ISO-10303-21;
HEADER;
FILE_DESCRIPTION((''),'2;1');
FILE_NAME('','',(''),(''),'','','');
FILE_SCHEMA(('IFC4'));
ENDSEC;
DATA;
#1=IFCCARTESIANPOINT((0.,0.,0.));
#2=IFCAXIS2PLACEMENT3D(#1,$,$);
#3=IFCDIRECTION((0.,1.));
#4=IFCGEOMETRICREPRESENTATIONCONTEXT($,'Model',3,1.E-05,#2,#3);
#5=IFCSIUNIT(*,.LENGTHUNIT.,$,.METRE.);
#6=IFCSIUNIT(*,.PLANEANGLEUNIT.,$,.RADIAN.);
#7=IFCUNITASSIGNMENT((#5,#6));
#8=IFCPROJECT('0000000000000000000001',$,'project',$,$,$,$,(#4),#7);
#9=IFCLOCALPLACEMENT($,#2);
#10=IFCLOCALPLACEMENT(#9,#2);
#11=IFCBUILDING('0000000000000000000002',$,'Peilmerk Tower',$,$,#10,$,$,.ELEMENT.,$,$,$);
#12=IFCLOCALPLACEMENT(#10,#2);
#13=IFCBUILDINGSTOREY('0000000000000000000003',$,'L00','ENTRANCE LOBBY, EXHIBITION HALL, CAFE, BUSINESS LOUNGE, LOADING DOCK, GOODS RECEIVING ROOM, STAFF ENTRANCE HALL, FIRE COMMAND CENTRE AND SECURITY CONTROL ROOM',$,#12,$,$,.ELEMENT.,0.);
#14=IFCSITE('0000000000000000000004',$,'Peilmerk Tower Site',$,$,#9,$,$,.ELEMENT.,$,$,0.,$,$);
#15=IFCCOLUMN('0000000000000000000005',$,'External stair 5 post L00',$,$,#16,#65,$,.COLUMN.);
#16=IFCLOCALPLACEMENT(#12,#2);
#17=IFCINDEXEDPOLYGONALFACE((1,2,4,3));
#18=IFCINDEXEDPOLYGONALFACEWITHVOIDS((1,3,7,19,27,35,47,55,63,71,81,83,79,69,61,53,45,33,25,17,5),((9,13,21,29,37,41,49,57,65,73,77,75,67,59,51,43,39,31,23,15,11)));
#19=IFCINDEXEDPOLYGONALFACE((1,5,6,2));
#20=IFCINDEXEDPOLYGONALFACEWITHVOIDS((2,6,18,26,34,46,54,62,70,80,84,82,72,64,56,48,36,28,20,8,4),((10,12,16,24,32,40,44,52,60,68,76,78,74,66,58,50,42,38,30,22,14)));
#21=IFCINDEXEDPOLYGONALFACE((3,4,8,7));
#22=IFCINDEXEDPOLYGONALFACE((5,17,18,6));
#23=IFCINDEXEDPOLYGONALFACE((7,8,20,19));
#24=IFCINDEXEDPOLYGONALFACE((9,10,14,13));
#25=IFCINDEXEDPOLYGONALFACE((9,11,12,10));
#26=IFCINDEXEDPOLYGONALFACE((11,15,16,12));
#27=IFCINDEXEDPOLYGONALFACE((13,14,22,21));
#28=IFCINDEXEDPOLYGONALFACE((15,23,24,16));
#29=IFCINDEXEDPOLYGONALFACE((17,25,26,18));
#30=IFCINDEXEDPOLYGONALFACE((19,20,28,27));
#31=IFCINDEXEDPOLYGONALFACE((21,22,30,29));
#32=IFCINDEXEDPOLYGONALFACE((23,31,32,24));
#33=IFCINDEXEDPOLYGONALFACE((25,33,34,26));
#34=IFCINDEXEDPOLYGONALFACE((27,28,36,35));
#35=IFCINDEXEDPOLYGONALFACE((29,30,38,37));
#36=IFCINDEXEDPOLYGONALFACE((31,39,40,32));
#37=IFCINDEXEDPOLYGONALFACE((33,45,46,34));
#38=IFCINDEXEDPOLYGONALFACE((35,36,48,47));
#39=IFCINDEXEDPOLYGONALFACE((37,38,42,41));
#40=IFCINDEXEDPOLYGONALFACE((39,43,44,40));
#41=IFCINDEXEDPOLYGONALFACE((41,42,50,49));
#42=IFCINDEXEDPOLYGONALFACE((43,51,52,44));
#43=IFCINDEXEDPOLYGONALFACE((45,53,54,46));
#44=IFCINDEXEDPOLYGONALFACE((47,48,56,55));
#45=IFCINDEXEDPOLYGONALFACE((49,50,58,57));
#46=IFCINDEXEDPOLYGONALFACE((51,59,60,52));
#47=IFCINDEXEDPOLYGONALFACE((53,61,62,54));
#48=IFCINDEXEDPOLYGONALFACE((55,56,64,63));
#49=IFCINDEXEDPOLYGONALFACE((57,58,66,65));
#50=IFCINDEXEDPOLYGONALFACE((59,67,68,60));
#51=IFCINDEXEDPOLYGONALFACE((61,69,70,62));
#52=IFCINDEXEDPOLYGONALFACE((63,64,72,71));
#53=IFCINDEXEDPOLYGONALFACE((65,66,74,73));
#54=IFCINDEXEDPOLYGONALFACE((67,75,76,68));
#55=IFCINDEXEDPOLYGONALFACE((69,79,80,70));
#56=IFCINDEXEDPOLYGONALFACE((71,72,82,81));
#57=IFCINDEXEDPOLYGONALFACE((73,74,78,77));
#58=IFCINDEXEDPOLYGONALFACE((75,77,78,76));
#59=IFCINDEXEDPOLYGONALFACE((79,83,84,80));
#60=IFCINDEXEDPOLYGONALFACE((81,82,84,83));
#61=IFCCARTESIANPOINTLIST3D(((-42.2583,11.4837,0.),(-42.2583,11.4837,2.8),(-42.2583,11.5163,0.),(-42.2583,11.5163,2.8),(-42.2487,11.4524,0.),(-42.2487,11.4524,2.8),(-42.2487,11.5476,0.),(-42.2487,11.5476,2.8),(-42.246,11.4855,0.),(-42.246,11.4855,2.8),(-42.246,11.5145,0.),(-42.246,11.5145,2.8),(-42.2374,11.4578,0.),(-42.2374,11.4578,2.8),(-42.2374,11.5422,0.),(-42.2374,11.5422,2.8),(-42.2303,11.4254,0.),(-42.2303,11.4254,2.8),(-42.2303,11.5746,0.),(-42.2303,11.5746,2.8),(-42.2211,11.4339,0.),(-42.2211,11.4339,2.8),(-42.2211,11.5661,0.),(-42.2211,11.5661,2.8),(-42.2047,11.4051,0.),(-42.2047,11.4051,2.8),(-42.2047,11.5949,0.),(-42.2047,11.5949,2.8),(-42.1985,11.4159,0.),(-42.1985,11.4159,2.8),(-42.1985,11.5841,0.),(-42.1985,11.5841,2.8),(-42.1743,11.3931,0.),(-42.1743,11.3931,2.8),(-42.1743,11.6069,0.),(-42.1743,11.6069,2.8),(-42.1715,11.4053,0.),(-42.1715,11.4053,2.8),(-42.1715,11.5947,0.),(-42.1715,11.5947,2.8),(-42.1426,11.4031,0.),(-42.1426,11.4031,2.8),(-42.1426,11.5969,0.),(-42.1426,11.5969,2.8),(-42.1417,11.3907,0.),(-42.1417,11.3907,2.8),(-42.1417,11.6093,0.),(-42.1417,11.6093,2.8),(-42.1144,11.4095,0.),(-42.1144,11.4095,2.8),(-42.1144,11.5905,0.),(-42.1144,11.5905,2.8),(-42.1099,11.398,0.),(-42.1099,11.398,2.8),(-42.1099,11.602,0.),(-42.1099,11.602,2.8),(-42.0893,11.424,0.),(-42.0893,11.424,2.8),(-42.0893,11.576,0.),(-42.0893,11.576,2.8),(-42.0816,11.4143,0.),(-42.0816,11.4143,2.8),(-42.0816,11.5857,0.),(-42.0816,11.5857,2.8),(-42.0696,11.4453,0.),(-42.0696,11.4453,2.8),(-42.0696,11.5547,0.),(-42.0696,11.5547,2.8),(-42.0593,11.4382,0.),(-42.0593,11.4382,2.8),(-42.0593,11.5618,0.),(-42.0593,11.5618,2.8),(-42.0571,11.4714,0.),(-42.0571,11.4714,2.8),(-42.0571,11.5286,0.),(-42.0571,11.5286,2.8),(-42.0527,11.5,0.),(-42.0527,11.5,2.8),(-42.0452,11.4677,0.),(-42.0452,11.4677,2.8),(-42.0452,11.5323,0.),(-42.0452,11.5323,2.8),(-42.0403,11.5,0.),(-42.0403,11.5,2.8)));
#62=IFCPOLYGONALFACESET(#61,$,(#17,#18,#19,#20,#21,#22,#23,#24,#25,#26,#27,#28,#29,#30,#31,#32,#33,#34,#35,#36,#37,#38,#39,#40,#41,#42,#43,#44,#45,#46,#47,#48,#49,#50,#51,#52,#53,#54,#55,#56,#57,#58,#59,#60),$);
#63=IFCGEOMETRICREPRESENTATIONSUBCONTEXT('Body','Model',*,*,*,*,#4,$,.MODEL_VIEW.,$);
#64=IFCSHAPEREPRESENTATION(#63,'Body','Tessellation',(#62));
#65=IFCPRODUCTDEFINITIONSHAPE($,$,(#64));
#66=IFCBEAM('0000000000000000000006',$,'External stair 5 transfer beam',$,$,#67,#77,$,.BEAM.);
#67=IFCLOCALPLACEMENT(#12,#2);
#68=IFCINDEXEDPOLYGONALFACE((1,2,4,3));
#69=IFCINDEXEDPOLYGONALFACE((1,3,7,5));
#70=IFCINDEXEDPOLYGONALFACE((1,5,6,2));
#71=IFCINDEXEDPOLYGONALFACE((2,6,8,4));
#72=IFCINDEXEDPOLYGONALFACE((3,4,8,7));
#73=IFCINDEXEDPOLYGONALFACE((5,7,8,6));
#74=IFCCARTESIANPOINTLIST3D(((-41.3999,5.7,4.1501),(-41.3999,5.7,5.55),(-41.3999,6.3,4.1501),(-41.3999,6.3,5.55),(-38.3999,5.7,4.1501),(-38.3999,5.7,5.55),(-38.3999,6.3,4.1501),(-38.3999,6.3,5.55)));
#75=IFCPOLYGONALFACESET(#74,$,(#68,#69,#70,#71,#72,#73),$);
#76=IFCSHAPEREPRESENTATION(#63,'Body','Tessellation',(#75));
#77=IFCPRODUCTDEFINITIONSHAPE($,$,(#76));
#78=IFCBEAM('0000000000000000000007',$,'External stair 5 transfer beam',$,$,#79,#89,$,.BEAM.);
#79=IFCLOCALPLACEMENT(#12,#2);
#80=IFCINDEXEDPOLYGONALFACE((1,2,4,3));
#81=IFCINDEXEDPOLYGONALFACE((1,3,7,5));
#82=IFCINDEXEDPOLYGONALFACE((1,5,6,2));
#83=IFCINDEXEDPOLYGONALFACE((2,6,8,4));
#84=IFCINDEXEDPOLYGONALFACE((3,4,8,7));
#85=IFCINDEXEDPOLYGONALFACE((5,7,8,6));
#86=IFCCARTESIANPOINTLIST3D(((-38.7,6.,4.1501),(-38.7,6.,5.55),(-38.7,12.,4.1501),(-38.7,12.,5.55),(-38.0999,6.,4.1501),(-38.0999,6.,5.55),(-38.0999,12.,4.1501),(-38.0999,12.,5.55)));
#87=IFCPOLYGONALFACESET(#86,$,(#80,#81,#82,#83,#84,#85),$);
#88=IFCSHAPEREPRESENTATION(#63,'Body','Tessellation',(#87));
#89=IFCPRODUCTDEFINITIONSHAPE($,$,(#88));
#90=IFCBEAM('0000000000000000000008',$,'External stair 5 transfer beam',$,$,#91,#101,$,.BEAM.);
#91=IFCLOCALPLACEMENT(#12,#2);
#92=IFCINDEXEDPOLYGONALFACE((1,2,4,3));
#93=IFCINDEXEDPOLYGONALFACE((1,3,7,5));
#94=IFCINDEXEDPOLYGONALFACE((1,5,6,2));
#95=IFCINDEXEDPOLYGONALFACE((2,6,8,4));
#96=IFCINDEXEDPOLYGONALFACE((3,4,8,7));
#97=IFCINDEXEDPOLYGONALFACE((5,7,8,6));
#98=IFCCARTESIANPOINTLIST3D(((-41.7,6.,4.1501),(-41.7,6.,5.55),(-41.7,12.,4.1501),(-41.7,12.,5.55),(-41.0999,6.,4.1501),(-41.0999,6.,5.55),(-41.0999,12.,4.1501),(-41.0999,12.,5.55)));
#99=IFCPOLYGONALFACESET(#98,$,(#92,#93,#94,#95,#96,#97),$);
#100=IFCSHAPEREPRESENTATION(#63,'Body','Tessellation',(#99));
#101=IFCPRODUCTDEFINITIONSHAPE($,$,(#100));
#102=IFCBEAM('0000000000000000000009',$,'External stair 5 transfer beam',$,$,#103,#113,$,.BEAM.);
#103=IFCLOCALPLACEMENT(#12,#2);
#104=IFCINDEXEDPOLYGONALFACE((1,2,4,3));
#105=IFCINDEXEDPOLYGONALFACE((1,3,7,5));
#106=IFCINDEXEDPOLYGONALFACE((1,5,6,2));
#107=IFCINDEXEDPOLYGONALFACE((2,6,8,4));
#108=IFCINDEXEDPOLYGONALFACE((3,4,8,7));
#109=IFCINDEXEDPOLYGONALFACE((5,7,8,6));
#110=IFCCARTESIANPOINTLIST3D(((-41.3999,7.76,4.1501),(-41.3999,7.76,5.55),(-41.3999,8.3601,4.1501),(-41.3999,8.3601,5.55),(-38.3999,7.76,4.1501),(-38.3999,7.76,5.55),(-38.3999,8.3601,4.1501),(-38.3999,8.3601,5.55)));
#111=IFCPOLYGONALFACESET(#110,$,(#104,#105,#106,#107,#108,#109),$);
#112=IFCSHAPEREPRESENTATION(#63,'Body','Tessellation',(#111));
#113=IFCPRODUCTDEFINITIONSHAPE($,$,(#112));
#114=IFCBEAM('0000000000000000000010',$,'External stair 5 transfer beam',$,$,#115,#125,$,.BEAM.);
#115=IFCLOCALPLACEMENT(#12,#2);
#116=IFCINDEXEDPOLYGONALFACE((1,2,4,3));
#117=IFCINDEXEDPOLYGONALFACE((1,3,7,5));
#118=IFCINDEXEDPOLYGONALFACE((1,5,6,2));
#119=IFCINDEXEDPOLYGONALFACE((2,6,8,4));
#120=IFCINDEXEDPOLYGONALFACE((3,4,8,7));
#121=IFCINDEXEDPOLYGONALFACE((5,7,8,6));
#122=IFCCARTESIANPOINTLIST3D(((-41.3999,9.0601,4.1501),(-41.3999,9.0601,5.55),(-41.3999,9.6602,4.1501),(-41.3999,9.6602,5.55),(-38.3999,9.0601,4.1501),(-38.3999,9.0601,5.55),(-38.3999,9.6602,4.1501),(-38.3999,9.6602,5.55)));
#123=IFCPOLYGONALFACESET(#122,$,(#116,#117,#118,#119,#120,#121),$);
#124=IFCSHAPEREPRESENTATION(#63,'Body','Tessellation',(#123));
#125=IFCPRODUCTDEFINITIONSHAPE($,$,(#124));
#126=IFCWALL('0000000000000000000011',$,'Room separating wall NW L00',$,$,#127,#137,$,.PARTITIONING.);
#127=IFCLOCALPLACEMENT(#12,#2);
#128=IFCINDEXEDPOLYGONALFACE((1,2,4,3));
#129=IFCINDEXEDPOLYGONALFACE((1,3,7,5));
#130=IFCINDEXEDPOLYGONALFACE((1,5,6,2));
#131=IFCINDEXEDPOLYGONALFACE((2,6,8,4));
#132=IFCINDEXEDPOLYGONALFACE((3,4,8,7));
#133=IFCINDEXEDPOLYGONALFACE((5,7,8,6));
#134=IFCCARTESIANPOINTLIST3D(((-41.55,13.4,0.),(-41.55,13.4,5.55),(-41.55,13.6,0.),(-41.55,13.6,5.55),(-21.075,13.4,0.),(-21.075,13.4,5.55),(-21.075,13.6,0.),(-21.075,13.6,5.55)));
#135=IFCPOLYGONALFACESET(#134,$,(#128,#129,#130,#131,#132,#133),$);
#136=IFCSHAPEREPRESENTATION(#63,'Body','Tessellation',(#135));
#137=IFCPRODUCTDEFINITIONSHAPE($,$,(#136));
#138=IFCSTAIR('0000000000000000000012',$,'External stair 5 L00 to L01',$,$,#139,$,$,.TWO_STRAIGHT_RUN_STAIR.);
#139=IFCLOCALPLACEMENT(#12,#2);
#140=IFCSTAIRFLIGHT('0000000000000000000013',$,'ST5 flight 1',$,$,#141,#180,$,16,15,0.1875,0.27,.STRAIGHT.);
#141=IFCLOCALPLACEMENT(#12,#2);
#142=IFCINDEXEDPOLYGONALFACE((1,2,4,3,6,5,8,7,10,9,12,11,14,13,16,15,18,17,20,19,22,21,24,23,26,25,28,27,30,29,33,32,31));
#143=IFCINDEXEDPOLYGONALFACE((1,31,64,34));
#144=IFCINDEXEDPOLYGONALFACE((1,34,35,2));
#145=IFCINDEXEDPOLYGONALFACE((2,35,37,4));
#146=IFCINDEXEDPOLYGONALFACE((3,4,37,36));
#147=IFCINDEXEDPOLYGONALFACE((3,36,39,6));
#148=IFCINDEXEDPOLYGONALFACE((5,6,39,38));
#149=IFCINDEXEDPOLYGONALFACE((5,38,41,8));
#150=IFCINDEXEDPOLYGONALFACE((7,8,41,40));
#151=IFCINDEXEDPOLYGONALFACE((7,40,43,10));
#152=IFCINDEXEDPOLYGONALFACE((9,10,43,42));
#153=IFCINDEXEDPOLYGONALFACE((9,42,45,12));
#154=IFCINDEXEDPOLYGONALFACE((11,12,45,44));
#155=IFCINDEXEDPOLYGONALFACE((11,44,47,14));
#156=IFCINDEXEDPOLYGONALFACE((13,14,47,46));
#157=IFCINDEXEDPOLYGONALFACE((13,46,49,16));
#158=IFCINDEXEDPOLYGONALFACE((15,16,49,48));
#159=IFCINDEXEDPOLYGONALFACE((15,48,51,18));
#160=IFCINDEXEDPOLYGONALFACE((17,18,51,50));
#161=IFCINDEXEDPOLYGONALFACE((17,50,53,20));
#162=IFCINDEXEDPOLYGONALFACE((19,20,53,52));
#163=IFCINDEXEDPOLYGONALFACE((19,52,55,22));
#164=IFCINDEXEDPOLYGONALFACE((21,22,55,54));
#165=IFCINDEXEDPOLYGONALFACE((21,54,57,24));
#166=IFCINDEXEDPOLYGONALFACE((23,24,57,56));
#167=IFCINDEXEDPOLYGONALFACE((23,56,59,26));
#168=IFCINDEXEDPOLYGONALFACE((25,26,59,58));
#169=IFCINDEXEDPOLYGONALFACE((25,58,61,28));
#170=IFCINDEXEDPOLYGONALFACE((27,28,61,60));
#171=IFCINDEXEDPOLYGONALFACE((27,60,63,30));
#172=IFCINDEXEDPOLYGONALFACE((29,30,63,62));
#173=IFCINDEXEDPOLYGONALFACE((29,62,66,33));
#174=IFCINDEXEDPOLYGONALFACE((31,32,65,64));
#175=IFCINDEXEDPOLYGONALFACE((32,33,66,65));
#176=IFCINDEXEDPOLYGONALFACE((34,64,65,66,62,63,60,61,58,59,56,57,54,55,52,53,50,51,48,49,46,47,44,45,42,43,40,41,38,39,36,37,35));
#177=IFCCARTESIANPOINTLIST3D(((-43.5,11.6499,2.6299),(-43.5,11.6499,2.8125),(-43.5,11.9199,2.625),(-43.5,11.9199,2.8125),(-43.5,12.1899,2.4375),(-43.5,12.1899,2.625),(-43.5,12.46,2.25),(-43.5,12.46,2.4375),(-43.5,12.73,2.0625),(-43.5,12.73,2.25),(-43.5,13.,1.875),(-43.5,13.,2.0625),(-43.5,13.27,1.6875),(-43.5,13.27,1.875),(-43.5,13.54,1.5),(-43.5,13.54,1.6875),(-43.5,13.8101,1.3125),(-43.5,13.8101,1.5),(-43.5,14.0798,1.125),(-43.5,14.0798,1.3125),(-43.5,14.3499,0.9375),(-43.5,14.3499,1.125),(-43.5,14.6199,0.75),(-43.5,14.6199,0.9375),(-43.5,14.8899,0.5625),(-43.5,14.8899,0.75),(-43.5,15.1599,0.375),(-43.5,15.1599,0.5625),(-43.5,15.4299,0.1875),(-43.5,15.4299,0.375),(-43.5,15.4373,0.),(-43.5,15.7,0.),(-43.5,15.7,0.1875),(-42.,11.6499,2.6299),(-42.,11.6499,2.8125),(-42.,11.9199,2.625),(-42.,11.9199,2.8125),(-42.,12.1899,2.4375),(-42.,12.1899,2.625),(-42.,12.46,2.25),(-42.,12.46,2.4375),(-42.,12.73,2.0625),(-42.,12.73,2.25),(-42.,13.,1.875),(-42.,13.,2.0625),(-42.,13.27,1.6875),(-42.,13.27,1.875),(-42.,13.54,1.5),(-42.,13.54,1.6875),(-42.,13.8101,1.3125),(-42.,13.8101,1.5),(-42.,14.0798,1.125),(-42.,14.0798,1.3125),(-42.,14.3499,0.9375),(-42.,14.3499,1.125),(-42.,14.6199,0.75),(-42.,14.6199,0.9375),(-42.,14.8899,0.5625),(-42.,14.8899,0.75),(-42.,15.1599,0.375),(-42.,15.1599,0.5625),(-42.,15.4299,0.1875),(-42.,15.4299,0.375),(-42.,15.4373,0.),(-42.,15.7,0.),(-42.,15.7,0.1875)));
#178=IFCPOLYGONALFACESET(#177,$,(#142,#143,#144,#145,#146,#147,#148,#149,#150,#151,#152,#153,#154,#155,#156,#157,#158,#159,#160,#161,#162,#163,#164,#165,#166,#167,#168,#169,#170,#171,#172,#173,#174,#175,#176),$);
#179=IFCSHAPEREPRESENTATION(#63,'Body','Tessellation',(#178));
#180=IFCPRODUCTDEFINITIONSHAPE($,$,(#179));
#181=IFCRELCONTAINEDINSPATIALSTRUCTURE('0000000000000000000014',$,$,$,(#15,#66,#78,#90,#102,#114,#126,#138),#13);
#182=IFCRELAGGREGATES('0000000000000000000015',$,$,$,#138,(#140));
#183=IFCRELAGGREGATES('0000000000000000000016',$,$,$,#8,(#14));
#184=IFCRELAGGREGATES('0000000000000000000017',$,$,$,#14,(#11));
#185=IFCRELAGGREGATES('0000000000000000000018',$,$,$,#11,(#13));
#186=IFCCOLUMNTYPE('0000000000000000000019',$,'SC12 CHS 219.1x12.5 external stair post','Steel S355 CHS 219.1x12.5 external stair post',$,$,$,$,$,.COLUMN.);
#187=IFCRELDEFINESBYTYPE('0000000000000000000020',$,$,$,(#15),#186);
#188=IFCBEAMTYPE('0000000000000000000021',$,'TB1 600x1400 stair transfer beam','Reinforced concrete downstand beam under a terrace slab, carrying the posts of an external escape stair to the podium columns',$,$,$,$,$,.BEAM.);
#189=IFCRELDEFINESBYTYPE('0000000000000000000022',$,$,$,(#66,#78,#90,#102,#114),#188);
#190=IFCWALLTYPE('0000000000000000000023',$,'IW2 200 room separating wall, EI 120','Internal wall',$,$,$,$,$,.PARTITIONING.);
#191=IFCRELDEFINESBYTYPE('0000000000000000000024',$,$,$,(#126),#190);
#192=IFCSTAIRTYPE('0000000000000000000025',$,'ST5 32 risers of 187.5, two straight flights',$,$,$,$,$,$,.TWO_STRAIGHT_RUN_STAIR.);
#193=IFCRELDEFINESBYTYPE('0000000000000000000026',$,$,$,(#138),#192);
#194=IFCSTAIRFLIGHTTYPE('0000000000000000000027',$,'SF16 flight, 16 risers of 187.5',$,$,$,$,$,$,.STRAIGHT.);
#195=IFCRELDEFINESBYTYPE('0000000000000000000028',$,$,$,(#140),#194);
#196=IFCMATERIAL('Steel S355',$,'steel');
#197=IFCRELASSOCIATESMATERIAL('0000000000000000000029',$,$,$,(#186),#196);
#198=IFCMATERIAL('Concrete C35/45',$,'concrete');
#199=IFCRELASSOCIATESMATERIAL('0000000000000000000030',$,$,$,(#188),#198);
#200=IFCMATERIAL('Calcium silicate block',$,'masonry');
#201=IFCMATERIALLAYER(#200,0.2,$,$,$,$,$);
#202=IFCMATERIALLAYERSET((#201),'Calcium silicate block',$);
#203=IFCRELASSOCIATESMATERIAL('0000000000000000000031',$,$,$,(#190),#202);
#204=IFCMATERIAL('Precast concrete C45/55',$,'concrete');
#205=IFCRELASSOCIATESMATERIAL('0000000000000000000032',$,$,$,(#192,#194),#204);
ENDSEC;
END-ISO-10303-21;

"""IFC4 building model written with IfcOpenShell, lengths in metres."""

from ifc_helpers import new_model, si_unit, direction, frame, frame_2d, origin, origin_2d, place, context, subcontext, project, spatial, polyline, rectangle, hollow_circle, outline, extrude, material, layer, layer_set, material_profile, profile_set, type_object, element, aggregate, save


model = new_model("IFC4")

# Units and contexts
model_context = context("Model", 3, precision=1e-05, world=origin(), true_north=direction((0.0, 1.0)))
body_context = subcontext(model_context, "Body", "Model", "MODEL_VIEW")
ifc_project = project(units=[si_unit("LENGTHUNIT", "METRE"), si_unit("PLANEANGLEUNIT", "RADIAN")], contexts=[model_context])

# Site, building, storey
site_placement = place(None, origin())
site = spatial("IfcSite", under=ifc_project, at=site_placement, Name="Peilmerk Tower Site", CompositionType="ELEMENT", RefElevation=0.0)
building_placement = place(site_placement, origin())
building = spatial("IfcBuilding", under=site, at=building_placement, Name="Peilmerk Tower", CompositionType="ELEMENT")
storey_placement = place(building_placement, origin())
storey = spatial("IfcBuildingStorey", under=building, at=storey_placement, Name="L00", Description="ENTRANCE LOBBY, EXHIBITION HALL, CAFE, BUSINESS LOUNGE, LOADING DOCK, GOODS RECEIVING ROOM, STAFF ENTRANCE HALL, FIRE COMMAND CENTRE AND SECURITY CONTROL ROOM", CompositionType="ELEMENT", Elevation=0.0)

# Column
ifc_material_1 = material(Name="Steel S355", Category="steel")
ifc_material_profile_1 = material_profile(ifc_material_1, hollow_circle(Radius=0.1096, WallThickness=0.0125, at=origin_2d()), Name="CHS 219.1x12.5")
ifc_profile_set_1 = profile_set([ifc_material_profile_1], Name="Steel S355")
column_type_1 = type_object("IfcColumnType", Name="SC12 CHS 219.1x12.5 external stair post", Description="Steel S355 CHS 219.1x12.5 external stair post", PredefinedType="COLUMN", material=ifc_profile_set_1)
for number, where, z_axis, x_axis, name in (
    (1, (-42.1499, 11.5, 0.0), (0.0, 0.0, 1.0), (1.0, 0.0, 0.0), "External stair 5 post L00"),
):
    element("IfcColumn", number, at=place(storey_placement, frame(where, z_axis=z_axis, x_axis=x_axis)), inside=storey, type_object=column_type_1, Name=name, PredefinedType="COLUMN", context=body_context, shape_type="SweptSolid", body=[
        extrude(hollow_circle(Radius=0.1096, WallThickness=0.0125, at=origin_2d()), origin(), (0.0, 0.0, 1.0), 2.8),
    ])

# Beams
ifc_material_2 = material(Name="Concrete C35/45", Category="concrete")
ifc_material_profile_2 = material_profile(ifc_material_2, rectangle(XDim=0.6001, YDim=1.3999, at=origin_2d()), Name="RC 600x1400")
ifc_profile_set_2 = profile_set([ifc_material_profile_2], Name="Concrete C35/45")
beam_type = type_object("IfcBeamType", Name="TB1 600x1400 stair transfer beam", Description="Reinforced concrete downstand beam under a terrace slab, carrying the posts of an external escape stair to the podium columns", PredefinedType="BEAM", material=ifc_profile_set_2)
beam_placement = place(storey_placement, frame((-38.3999, 6.0, 4.8501), z_axis=(-1.0, 0.0, 0.0), x_axis=(0.0, -1.0, 0.0)))
element("IfcBeam", 2, at=beam_placement, inside=storey, type_object=beam_type, Name="External stair 5 transfer beam", PredefinedType="BEAM", context=body_context, shape_type="SweptSolid", body=[
    extrude(rectangle(XDim=0.6001, YDim=1.3999, at=origin_2d()), origin(), (0.0, 0.0, 1.0), 3.0),
])
for number, where, z_axis, x_axis, name in (
    (3, (-38.3999, 6.0, 4.8501), (0.0, 1.0, 0.0), (-1.0, 0.0, 0.0), "External stair 5 transfer beam"),
    (4, (-41.3999, 6.0, 4.8501), (0.0, 1.0, 0.0), (-1.0, 0.0, 0.0), "External stair 5 transfer beam"),
):
    element("IfcBeam", number, at=place(storey_placement, frame(where, z_axis=z_axis, x_axis=x_axis)), inside=storey, type_object=beam_type, Name=name, PredefinedType="BEAM", context=body_context, shape_type="SweptSolid", body=[
        extrude(rectangle(XDim=0.6001, YDim=1.3999, at=origin_2d()), origin(), (0.0, 0.0, 1.0), 6.0),
    ])
for number, where, z_axis, x_axis, name in (
    (5, (-38.3999, 8.0601, 4.8501), (-1.0, 0.0, 0.0), (0.0, -1.0, 0.0), "External stair 5 transfer beam"),
    (6, (-38.3999, 9.3601, 4.8501), (-1.0, 0.0, 0.0), (0.0, -1.0, 0.0), "External stair 5 transfer beam"),
):
    element("IfcBeam", number, at=place(storey_placement, frame(where, z_axis=z_axis, x_axis=x_axis)), inside=storey, type_object=beam_type, Name=name, PredefinedType="BEAM", context=body_context, shape_type="SweptSolid", body=[
        extrude(rectangle(XDim=0.6001, YDim=1.3999, at=origin_2d()), origin(), (0.0, 0.0, 1.0), 3.0),
    ])

# Wall
ifc_material_3 = material(Name="Calcium silicate block", Category="masonry")
ifc_layer = layer(ifc_material_3, 0.2)
ifc_layer_set = layer_set([ifc_layer], Name="Calcium silicate block")
wall_type = type_object("IfcWallType", Name="IW2 200 room separating wall, EI 120", Description="Internal wall", PredefinedType="PARTITIONING", material=ifc_layer_set)
wall_placement = place(storey_placement, frame((-41.55, 13.5, 0.0), z_axis=(0.0, 0.0, 1.0), x_axis=(1.0, 0.0, 0.0)))
element("IfcWall", 7, at=wall_placement, inside=storey, type_object=wall_type, Name="Room separating wall NW L00", PredefinedType="PARTITIONING", context=body_context, shape_type="SweptSolid", body=[
    extrude(rectangle(XDim=20.4751, YDim=0.2, at=frame_2d((10.2375, 0.0))), origin(), (0.0, 0.0, 1.0), 5.55),
])

# Stair, stair flight
ifc_material_4 = material(Name="Precast concrete C45/55", Category="concrete")
stair_type = type_object("IfcStairType", Name="ST5 32 risers of 187.5, two straight flights", PredefinedType="TWO_STRAIGHT_RUN_STAIR", material=ifc_material_4)
stair_placement = place(storey_placement, origin())
stair = element("IfcStair", 8, at=stair_placement, inside=storey, type_object=stair_type, Name="External stair 5 L00 to L01", PredefinedType="TWO_STRAIGHT_RUN_STAIR")
stair_flight_type = type_object("IfcStairFlightType", Name="SF16 flight, 16 risers of 187.5", PredefinedType="STRAIGHT", material=ifc_material_4)
stair_flight_1_placement = place(storey_placement, frame((-42.75, 15.7, 0.0), z_axis=(0.0, 0.0, 1.0), x_axis=(0.0, -1.0, 0.0)))
stair_flight_1 = element("IfcStairFlight", 9, at=stair_flight_1_placement, type_object=stair_flight_type, Name="ST5 flight 1", NumberOfRisers=16, NumberOfTreads=15, PredefinedType="STRAIGHT", RiserHeight=0.1875, TreadLength=0.27, context=body_context, shape_type="SweptSolid", body=[
    extrude(outline(polyline([(0.0, 0.0), (0.0, 0.1875), (0.27, 0.1875), (0.27, 0.375), (0.54, 0.375), (0.54, 0.5625), (0.8101, 0.5625), (0.8101, 0.75), (1.0801, 0.75), (1.0801, 0.9375), (1.3501, 0.9375), (1.3501, 1.125), (1.6201, 1.125), (1.6201, 1.3125), (1.8899, 1.3125), (1.8899, 1.5), (2.1599, 1.5), (2.1599, 1.6875), (2.4299, 1.6875), (2.4299, 1.875), (2.7, 1.875), (2.7, 2.0625), (2.97, 2.0625), (2.97, 2.25), (3.24, 2.25), (3.24, 2.4375), (3.51, 2.4375), (3.51, 2.625), (3.78, 2.625), (3.78, 2.8125), (4.05, 2.8125), (4.05, 3.0), (4.05, 2.6299), (0.2627, 0.0), (0.0, 0.0)])), frame((0.0, 0.75, 0.0), z_axis=(0.0, -1.0, 0.0), x_axis=(1.0, 0.0, 0.0)), (0.0, 0.0, 1.0), 1.5),
])
aggregate(stair, [stair_flight_1])

save(model, "model.ifc")
